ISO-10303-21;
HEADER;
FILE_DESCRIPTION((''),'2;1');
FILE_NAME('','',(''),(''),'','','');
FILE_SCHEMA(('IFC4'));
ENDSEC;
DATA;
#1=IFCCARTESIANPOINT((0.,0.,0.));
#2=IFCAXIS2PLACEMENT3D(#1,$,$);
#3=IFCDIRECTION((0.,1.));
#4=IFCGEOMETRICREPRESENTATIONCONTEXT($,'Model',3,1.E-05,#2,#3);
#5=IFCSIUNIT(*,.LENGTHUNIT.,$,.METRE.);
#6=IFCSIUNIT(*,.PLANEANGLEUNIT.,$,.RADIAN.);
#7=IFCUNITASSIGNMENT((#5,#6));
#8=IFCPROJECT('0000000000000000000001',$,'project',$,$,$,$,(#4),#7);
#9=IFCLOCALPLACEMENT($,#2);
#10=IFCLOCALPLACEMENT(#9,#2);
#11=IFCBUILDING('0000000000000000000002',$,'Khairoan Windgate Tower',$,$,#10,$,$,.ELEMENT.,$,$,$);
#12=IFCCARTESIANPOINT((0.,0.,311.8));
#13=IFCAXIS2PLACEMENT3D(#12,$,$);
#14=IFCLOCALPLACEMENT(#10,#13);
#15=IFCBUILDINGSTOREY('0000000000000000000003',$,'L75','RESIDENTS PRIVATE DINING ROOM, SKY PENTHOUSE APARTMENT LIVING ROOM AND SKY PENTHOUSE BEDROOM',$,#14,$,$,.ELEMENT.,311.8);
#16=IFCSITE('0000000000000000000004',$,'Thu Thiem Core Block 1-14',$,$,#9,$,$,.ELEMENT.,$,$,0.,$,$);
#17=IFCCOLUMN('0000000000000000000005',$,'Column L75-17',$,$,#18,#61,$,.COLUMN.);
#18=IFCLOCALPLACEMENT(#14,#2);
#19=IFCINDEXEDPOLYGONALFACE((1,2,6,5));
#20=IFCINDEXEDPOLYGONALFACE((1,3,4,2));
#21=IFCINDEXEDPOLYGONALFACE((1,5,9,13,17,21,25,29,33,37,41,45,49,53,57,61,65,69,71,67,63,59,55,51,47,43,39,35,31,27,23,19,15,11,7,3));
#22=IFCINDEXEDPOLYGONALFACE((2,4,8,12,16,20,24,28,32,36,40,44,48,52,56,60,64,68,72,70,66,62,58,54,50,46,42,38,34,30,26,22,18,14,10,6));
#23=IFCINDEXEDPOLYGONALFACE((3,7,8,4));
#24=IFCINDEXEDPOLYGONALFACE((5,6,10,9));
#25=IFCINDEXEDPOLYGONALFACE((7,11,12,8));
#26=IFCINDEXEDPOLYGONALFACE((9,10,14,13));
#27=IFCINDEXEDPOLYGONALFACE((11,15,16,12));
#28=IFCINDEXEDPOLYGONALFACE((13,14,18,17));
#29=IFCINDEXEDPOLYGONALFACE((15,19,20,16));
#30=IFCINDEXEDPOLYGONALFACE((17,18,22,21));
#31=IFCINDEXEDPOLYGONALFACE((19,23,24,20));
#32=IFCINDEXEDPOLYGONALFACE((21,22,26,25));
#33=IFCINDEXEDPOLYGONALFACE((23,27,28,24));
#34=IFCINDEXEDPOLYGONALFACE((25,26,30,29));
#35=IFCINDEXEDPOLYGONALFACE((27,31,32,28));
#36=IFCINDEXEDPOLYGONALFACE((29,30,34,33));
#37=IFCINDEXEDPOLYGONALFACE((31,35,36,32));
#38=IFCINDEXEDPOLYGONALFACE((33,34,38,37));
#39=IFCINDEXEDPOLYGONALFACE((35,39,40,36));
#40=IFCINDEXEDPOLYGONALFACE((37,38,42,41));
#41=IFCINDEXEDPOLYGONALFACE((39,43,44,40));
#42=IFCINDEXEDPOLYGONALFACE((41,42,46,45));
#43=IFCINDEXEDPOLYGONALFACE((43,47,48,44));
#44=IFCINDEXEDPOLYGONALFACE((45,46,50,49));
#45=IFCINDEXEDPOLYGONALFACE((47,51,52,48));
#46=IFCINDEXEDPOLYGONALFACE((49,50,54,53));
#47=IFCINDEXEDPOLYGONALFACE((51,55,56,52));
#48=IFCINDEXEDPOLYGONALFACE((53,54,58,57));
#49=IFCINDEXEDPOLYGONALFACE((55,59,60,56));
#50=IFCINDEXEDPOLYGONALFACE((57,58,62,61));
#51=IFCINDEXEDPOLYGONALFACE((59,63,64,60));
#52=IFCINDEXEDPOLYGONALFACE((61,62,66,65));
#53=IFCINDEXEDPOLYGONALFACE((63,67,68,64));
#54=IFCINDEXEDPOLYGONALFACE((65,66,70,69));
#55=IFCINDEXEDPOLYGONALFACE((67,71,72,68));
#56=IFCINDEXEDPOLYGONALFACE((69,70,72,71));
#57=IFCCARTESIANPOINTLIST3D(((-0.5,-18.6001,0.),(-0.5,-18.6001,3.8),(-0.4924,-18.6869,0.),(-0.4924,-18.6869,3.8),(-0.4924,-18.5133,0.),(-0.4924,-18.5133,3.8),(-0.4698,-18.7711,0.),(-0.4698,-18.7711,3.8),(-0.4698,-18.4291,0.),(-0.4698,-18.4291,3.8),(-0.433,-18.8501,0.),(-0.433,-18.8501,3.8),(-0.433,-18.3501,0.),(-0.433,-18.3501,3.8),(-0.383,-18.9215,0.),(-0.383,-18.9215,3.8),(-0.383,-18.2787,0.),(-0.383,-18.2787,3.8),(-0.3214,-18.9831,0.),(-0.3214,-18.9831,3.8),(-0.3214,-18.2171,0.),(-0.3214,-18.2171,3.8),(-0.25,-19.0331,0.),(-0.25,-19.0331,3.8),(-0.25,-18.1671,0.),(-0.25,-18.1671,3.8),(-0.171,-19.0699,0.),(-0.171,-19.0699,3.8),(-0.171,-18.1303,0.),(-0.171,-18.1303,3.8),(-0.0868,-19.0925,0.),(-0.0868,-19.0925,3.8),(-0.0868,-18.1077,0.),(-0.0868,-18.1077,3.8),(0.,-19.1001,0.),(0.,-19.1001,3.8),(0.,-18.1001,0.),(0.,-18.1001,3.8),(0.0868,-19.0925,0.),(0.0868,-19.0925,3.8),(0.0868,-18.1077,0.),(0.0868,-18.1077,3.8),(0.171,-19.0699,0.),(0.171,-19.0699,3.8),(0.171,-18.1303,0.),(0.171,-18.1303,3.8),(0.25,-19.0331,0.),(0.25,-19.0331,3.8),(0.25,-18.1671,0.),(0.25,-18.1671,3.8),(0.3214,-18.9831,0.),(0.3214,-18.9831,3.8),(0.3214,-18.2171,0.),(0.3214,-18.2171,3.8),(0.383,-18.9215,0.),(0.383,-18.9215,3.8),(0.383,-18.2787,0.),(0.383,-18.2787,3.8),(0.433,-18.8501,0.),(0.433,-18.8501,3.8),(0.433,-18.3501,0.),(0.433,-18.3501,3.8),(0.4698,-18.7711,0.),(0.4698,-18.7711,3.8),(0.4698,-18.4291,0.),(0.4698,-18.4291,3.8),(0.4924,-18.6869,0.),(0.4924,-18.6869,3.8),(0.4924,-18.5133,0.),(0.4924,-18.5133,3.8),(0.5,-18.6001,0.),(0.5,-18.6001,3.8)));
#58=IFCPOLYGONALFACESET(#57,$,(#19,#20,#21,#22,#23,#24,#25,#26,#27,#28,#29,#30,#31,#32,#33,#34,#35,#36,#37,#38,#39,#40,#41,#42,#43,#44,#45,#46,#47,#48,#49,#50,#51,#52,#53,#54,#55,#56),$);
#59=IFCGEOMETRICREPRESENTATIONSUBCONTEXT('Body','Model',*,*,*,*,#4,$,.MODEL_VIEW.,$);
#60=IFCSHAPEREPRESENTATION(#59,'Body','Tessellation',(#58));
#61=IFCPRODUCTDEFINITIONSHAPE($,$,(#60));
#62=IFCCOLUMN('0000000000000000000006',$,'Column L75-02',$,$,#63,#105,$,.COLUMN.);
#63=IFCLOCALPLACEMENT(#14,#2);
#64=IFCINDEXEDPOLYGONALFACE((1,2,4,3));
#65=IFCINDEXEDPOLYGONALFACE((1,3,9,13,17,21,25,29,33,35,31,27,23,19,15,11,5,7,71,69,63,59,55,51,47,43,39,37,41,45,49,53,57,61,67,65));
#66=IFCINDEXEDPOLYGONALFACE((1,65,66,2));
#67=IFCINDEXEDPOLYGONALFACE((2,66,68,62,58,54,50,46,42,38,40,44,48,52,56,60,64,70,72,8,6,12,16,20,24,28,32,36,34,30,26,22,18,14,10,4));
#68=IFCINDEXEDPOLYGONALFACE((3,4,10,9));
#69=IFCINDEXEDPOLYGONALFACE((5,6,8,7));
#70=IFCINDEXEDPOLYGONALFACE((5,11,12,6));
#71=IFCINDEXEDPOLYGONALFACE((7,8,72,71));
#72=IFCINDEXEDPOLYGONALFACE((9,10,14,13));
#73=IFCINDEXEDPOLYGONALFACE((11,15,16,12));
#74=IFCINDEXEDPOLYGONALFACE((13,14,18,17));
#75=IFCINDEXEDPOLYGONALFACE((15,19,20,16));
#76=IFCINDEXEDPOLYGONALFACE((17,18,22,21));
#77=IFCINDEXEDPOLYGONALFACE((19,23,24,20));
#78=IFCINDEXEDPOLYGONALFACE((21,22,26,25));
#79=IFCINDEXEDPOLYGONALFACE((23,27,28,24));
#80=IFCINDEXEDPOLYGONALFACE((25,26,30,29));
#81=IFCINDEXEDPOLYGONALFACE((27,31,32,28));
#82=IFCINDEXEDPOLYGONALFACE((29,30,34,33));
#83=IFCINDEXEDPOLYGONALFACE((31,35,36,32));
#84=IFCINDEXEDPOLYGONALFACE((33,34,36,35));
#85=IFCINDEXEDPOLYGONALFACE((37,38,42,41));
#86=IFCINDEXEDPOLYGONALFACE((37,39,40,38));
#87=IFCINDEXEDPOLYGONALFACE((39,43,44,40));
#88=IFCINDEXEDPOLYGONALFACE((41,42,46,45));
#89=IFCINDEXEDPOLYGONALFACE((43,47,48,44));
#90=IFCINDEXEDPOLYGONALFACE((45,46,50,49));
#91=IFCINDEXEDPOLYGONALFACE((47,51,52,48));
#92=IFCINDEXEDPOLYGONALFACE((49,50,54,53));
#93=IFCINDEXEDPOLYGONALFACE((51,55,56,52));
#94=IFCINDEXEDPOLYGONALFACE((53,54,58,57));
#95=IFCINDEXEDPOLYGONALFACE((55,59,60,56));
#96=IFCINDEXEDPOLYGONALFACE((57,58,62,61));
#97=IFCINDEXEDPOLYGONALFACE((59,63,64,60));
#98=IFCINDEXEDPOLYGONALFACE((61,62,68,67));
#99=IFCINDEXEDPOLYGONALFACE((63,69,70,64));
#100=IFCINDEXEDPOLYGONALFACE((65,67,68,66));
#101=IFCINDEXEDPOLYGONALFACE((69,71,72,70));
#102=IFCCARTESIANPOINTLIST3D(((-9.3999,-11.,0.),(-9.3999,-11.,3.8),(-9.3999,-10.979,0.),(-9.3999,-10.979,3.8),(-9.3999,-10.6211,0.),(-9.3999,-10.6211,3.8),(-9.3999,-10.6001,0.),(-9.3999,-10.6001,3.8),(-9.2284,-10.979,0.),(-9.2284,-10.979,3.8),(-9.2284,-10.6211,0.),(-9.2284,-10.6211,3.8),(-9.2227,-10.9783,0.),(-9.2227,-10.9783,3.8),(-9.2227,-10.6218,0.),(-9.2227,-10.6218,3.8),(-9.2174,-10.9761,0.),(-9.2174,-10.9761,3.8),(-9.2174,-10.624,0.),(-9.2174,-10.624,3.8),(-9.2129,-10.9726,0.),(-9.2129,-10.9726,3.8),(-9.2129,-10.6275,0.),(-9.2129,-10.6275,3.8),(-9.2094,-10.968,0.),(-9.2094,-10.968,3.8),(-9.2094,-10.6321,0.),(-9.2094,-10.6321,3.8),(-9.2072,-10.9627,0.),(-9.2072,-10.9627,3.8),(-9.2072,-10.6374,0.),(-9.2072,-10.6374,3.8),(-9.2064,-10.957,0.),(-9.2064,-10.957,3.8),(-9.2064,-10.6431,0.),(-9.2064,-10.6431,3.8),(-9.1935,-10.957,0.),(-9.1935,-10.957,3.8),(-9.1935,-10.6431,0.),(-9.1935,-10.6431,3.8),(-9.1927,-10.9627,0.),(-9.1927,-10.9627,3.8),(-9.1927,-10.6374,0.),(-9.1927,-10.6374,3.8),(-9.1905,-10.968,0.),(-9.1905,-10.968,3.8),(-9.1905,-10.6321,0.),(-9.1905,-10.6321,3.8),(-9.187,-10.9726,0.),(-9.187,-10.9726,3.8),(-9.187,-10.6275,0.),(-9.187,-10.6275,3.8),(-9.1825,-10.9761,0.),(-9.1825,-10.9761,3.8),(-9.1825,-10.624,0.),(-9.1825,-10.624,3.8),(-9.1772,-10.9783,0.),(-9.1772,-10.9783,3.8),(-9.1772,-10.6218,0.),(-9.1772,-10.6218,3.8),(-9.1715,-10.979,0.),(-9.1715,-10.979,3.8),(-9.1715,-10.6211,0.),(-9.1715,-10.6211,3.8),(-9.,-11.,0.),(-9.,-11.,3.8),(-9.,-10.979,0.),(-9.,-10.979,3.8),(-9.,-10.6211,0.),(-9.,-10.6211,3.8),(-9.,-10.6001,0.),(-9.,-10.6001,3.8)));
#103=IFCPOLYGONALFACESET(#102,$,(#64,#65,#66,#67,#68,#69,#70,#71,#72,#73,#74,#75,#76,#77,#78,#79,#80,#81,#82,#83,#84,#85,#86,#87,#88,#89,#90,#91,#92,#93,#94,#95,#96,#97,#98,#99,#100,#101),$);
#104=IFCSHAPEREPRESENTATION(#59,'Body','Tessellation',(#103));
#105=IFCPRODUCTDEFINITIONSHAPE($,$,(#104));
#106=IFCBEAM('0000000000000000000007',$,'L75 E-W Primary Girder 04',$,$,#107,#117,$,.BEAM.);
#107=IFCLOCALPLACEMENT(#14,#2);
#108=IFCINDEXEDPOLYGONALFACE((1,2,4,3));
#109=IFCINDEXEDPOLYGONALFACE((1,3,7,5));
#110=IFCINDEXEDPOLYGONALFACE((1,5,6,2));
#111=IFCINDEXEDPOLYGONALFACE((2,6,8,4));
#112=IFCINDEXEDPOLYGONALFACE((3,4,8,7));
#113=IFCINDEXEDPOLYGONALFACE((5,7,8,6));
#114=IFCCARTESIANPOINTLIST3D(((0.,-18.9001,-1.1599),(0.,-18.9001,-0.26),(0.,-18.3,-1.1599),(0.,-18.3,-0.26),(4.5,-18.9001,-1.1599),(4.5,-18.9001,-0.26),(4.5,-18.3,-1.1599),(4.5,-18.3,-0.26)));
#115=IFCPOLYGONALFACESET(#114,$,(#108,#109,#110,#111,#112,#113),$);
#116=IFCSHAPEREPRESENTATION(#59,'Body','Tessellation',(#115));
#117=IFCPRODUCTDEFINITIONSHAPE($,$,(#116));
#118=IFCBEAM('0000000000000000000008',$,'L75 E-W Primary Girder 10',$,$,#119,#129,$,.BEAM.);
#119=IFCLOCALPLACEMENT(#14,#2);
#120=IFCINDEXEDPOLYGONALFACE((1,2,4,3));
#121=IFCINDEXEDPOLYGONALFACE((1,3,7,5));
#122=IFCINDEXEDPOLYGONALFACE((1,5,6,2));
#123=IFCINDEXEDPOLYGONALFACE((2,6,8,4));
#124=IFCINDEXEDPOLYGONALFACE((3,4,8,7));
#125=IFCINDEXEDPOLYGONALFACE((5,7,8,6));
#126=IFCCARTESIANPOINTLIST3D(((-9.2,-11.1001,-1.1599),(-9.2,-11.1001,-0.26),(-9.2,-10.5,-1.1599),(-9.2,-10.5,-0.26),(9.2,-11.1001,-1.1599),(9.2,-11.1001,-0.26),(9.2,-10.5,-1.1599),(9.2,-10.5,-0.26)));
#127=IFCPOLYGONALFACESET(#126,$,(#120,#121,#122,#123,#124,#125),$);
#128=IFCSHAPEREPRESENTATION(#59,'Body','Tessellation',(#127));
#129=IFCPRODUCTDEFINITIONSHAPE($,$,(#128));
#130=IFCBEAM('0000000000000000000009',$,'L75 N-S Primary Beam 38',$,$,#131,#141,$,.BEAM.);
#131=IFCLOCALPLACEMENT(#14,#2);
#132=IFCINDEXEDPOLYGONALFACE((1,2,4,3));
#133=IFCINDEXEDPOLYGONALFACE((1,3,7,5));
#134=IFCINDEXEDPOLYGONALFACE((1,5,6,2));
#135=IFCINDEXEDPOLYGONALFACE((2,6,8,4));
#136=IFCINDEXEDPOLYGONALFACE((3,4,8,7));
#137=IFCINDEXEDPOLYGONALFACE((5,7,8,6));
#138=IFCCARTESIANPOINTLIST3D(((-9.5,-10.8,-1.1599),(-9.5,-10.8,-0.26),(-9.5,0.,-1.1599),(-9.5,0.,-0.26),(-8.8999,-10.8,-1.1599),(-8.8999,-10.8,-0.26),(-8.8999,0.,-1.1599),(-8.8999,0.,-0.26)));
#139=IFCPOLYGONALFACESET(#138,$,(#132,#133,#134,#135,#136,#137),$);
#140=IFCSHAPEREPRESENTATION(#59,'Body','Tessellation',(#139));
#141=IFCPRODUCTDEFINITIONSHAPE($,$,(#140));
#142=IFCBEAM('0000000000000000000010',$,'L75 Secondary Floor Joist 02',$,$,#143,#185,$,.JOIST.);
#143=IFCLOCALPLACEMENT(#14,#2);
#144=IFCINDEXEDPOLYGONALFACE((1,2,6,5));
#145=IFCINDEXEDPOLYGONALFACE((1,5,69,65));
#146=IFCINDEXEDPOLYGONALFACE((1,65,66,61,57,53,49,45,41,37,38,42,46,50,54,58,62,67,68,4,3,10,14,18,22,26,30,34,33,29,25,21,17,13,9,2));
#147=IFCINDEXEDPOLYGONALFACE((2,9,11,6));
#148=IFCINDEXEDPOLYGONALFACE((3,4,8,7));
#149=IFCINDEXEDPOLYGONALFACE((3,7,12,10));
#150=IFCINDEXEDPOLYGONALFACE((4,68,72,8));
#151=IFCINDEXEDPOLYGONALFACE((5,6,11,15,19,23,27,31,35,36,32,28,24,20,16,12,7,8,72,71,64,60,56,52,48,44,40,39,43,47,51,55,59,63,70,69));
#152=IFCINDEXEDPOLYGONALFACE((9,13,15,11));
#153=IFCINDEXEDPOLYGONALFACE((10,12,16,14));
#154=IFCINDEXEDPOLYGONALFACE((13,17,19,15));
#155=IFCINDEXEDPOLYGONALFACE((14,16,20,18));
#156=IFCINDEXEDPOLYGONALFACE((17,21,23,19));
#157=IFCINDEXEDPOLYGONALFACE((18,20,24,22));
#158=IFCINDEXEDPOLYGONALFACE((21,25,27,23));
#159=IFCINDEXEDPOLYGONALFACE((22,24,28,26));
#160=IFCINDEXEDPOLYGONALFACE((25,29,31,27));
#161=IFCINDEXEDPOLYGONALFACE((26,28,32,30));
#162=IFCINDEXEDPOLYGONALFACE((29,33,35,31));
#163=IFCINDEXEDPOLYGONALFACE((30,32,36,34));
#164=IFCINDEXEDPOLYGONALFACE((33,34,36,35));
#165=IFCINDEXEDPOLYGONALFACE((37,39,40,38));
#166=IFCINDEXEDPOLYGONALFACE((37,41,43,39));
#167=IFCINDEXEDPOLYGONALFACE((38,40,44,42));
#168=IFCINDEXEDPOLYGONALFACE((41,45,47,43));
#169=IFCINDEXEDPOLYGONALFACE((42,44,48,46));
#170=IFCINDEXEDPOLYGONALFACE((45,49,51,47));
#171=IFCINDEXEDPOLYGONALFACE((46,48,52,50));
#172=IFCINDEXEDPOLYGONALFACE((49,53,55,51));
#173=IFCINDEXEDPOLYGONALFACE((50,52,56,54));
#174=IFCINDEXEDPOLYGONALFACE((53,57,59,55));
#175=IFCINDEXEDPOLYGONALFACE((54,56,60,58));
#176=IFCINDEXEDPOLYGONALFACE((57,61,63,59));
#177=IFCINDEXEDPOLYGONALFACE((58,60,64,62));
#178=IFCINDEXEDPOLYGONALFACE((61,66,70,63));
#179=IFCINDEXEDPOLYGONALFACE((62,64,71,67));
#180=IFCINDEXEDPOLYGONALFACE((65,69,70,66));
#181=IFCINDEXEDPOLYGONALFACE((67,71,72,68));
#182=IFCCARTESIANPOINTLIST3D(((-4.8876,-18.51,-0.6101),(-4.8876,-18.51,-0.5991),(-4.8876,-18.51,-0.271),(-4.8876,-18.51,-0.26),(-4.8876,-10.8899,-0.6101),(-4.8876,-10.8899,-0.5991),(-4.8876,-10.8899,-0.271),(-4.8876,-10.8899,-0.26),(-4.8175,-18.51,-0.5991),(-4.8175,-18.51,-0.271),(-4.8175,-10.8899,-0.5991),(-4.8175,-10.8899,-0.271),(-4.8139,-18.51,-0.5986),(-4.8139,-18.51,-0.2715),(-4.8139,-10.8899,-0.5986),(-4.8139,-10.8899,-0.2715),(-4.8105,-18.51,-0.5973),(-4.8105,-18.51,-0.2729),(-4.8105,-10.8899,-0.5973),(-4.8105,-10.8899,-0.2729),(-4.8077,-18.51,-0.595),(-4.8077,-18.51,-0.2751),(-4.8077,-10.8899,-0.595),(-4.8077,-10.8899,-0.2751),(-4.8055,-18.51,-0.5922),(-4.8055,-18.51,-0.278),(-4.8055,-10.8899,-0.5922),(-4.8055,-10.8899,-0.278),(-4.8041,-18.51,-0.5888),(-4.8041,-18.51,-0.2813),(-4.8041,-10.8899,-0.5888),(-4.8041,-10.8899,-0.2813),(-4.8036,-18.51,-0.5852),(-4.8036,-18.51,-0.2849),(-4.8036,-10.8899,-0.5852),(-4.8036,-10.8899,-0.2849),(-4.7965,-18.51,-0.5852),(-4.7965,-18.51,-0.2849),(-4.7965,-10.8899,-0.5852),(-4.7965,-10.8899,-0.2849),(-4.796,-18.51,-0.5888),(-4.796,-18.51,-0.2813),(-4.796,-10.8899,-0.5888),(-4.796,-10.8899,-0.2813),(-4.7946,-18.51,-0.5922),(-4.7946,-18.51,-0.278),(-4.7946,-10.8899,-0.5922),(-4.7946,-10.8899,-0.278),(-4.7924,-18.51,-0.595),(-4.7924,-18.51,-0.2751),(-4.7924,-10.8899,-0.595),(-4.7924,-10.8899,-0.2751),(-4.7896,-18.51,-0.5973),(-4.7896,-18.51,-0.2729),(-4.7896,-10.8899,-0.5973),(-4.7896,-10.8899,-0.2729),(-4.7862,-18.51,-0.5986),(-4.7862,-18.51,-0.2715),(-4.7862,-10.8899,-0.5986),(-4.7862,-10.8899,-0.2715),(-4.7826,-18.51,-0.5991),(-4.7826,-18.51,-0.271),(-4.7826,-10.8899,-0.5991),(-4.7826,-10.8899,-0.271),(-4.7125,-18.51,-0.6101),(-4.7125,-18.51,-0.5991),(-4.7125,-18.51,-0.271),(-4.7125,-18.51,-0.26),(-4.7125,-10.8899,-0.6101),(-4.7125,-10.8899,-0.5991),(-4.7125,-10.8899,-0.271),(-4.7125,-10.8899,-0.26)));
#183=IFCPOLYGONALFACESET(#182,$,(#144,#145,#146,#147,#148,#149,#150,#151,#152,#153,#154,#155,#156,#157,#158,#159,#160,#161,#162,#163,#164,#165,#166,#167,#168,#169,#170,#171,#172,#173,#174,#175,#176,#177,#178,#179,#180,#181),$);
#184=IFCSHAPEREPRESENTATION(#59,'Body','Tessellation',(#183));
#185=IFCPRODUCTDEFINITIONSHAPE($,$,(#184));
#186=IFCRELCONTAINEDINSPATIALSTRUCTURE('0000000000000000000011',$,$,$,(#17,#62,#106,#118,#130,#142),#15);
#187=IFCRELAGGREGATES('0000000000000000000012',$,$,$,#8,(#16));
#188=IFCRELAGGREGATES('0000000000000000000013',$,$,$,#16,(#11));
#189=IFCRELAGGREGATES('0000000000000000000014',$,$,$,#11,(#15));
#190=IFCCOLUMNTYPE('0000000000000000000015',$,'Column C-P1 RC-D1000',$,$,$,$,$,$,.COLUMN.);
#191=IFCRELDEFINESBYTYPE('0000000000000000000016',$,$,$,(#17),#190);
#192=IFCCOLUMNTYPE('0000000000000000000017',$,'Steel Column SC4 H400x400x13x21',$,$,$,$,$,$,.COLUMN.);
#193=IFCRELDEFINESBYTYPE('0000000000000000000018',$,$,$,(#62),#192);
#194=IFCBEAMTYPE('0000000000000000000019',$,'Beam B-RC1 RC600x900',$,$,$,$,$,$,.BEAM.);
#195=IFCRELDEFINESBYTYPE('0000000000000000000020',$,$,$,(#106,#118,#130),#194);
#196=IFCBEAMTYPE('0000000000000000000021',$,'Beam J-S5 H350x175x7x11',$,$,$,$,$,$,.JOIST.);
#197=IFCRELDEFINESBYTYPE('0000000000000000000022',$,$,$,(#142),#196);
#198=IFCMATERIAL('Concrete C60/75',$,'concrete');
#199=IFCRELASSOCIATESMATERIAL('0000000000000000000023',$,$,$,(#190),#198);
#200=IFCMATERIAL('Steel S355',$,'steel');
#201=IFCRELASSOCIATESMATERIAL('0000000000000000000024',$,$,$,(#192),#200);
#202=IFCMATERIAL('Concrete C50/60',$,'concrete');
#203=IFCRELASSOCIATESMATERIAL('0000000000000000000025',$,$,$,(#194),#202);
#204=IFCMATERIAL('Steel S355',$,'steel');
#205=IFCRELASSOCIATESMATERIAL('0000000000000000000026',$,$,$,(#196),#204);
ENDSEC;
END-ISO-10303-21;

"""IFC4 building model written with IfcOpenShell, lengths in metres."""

from ifc_helpers import new_model, si_unit, direction, frame, origin, origin_2d, place, context, subcontext, project, spatial, rectangle, circle, i_section, extrude, material, material_profile, profile_set, type_object, element, save


model = new_model("IFC4")

# Units and contexts
model_context = context("Model", 3, precision=1e-05, world=origin(), true_north=direction((0.0, 1.0)))
body_context = subcontext(model_context, "Body", "Model", "MODEL_VIEW")
ifc_project = project(units=[si_unit("LENGTHUNIT", "METRE"), si_unit("PLANEANGLEUNIT", "RADIAN")], contexts=[model_context])

# Site, building, storey
site_placement = place(None, origin())
site = spatial("IfcSite", under=ifc_project, at=site_placement, Name="Thu Thiem Core Block 1-14", CompositionType="ELEMENT", RefElevation=0.0)
building_placement = place(site_placement, origin())
building = spatial("IfcBuilding", under=site, at=building_placement, Name="Khairoan Windgate Tower", CompositionType="ELEMENT")
storey_placement = place(building_placement, frame((0.0, 0.0, 311.8)))
storey = spatial("IfcBuildingStorey", under=building, at=storey_placement, Name="L75", Description="RESIDENTS PRIVATE DINING ROOM, SKY PENTHOUSE APARTMENT LIVING ROOM AND SKY PENTHOUSE BEDROOM", CompositionType="ELEMENT", Elevation=311.8)

# Columns
ifc_material_1 = material(Name="Concrete C60/75", Category="concrete")
ifc_material_profile_1 = material_profile(ifc_material_1, circle(Radius=0.5, at=origin_2d()))
ifc_profile_set_1 = profile_set([ifc_material_profile_1], Name="Concrete C60/75")
column_type_1 = type_object("IfcColumnType", Name="Column C-P1 RC-D1000", PredefinedType="COLUMN", material=ifc_profile_set_1)
column_1_placement = place(storey_placement, frame((0.0, -18.6001, 0.0), z_axis=(0.0, 0.0, 1.0), x_axis=(1.0, 0.0, 0.0)))
element("IfcColumn", 1, at=column_1_placement, inside=storey, type_object=column_type_1, Name="Column L75-17", PredefinedType="COLUMN", context=body_context, shape_type="SweptSolid", body=[
    extrude(circle(Radius=0.5, at=origin_2d()), origin(), (0.0, 0.0, 1.0), 3.8),
])
ifc_material_2 = material(Name="Steel S355", Category="steel")
ifc_material_profile_2 = material_profile(ifc_material_2, i_section(OverallWidth=0.3999, OverallDepth=0.3999, WebThickness=0.0129, FlangeThickness=0.021, FilletRadius=0.022, at=origin_2d()))
ifc_profile_set_2 = profile_set([ifc_material_profile_2], Name="Steel S355")
column_type_2 = type_object("IfcColumnType", Name="Steel Column SC4 H400x400x13x21", PredefinedType="COLUMN", material=ifc_profile_set_2)
column_2_placement = place(storey_placement, frame((-9.2, -10.8, 0.0), z_axis=(0.0, 0.0, 1.0), x_axis=(1.0, 0.0, 0.0)))
element("IfcColumn", 2, at=column_2_placement, inside=storey, type_object=column_type_2, Name="Column L75-02", PredefinedType="COLUMN", context=body_context, shape_type="SweptSolid", body=[
    extrude(i_section(OverallWidth=0.3999, OverallDepth=0.3999, WebThickness=0.0129, FlangeThickness=0.021, FilletRadius=0.022, at=origin_2d()), origin(), (0.0, 0.0, 1.0), 3.8),
])

# Beams
ifc_material_3 = material(Name="Concrete C50/60", Category="concrete")
ifc_material_profile_3 = material_profile(ifc_material_3, rectangle(XDim=0.6001, YDim=0.8999, at=origin_2d()))
ifc_profile_set_3 = profile_set([ifc_material_profile_3], Name="Concrete C50/60")
beam_type_1 = type_object("IfcBeamType", Name="Beam B-RC1 RC600x900", PredefinedType="BEAM", material=ifc_profile_set_3)
beam_1_placement = place(storey_placement, frame((0.0, -18.6001, -0.71), z_axis=(1.0, 0.0, 0.0), x_axis=(0.0, 1.0, 0.0)))
element("IfcBeam", 3, at=beam_1_placement, inside=storey, type_object=beam_type_1, Name="L75 E-W Primary Girder 04", PredefinedType="BEAM", context=body_context, shape_type="SweptSolid", body=[
    extrude(rectangle(XDim=0.6001, YDim=0.8999, at=origin_2d()), origin(), (0.0, 0.0, 1.0), 4.5),
])
beam_2_placement = place(storey_placement, frame((-9.2, -10.8, -0.71), z_axis=(1.0, 0.0, 0.0), x_axis=(0.0, 1.0, 0.0)))
element("IfcBeam", 4, at=beam_2_placement, inside=storey, type_object=beam_type_1, Name="L75 E-W Primary Girder 10", PredefinedType="BEAM", context=body_context, shape_type="SweptSolid", body=[
    extrude(rectangle(XDim=0.6001, YDim=0.8999, at=origin_2d()), origin(), (0.0, 0.0, 1.0), 18.3999),
])
beam_3_placement = place(storey_placement, frame((-9.2, -10.8, -0.71), z_axis=(0.0, 1.0, 0.0), x_axis=(-1.0, 0.0, 0.0)))
element("IfcBeam", 5, at=beam_3_placement, inside=storey, type_object=beam_type_1, Name="L75 N-S Primary Beam 38", PredefinedType="BEAM", context=body_context, shape_type="SweptSolid", body=[
    extrude(rectangle(XDim=0.6001, YDim=0.8999, at=origin_2d()), origin(), (0.0, 0.0, 1.0), 10.8),
])
ifc_material_4 = material(Name="Steel S355", Category="steel")
ifc_material_profile_4 = material_profile(ifc_material_4, i_section(OverallWidth=0.175, OverallDepth=0.3501, WebThickness=0.0071, FlangeThickness=0.011, FilletRadius=0.0139, at=origin_2d()))
ifc_profile_set_4 = profile_set([ifc_material_profile_4], Name="Steel S355")
beam_type_2 = type_object("IfcBeamType", Name="Beam J-S5 H350x175x7x11", PredefinedType="JOIST", material=ifc_profile_set_4)
beam_4_placement = place(storey_placement, frame((-4.8, -18.51, -0.4351), z_axis=(0.0, 1.0, 0.0), x_axis=(-1.0, 0.0, 0.0)))
element("IfcBeam", 6, at=beam_4_placement, inside=storey, type_object=beam_type_2, Name="L75 Secondary Floor Joist 02", PredefinedType="JOIST", context=body_context, shape_type="SweptSolid", body=[
    extrude(i_section(OverallWidth=0.175, OverallDepth=0.3501, WebThickness=0.0071, FlangeThickness=0.011, FilletRadius=0.0139, at=origin_2d()), origin(), (0.0, 0.0, 1.0), 7.6201),
])

save(model, "model.ifc")
